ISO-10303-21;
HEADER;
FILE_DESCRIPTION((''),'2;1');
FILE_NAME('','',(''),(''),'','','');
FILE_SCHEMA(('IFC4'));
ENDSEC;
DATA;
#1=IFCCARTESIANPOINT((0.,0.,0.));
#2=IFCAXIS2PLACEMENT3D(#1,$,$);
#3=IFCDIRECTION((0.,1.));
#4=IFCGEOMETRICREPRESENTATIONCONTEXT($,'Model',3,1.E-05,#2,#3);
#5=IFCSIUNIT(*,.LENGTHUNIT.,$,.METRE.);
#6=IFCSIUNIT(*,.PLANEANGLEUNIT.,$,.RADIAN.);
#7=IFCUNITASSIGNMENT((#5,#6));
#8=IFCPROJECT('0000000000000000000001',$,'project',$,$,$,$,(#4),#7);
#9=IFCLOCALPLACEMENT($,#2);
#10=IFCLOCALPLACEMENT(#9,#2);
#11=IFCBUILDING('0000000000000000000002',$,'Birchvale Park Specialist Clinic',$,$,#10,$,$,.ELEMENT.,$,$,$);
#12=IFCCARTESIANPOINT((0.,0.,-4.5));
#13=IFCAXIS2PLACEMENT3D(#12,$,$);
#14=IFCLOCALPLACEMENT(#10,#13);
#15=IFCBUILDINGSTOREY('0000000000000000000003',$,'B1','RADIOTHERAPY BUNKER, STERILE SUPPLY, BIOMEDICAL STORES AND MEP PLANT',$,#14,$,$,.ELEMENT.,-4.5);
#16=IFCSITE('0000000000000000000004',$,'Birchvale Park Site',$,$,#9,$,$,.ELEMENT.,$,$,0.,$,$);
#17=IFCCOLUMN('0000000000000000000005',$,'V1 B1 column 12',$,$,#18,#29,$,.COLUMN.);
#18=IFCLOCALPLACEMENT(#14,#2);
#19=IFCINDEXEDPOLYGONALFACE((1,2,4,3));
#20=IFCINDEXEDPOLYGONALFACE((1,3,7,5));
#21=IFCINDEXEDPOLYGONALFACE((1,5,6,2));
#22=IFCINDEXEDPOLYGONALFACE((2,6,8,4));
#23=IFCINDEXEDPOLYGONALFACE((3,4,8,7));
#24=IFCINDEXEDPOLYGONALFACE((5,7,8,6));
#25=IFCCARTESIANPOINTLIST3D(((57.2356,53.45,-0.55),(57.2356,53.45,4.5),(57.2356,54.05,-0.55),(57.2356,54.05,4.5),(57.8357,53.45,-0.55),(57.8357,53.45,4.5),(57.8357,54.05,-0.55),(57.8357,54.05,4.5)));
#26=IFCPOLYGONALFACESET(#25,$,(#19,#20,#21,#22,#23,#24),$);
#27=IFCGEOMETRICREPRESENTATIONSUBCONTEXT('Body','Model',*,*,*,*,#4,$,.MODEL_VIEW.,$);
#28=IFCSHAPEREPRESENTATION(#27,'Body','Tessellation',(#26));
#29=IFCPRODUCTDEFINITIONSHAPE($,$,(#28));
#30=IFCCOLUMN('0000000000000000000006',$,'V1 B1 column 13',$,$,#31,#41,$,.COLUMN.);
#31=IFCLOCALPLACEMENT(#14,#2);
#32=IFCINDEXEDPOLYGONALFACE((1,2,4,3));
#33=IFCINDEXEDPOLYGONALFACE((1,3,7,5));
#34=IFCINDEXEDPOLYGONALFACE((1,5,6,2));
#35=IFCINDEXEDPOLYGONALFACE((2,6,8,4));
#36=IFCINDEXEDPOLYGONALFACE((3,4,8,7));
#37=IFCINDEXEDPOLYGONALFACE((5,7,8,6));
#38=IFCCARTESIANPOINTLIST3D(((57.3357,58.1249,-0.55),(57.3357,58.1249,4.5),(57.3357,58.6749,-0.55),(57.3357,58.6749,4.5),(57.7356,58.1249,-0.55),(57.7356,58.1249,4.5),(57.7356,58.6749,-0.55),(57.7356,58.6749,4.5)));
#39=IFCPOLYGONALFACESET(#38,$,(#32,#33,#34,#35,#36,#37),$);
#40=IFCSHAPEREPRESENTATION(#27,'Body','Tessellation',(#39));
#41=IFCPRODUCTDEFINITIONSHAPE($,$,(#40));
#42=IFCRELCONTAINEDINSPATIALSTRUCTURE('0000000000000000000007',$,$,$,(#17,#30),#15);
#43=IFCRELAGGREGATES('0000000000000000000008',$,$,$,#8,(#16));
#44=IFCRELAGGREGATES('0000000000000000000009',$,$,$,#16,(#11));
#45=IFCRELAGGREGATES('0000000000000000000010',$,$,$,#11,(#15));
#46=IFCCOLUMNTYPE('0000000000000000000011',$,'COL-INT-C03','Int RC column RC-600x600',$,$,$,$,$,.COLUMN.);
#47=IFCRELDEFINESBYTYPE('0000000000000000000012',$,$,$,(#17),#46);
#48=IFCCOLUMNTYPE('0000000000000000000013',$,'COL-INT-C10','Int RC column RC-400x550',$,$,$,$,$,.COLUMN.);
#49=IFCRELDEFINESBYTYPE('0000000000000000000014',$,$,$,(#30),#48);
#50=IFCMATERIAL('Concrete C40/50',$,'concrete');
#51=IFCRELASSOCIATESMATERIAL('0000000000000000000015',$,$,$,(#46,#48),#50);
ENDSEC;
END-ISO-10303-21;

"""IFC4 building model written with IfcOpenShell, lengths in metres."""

from ifc_helpers import new_model, si_unit, direction, frame, origin, origin_2d, place, context, subcontext, project, spatial, rectangle, extrude, material, material_profile, profile_set, type_object, element, save


model = new_model("IFC4")

# Units and contexts
model_context = context("Model", 3, precision=1e-05, world=origin(), true_north=direction((0.0, 1.0)))
body_context = subcontext(model_context, "Body", "Model", "MODEL_VIEW")
ifc_project = project(units=[si_unit("LENGTHUNIT", "METRE"), si_unit("PLANEANGLEUNIT", "RADIAN")], contexts=[model_context])

# Site, building, storey
site_placement = place(None, origin())
site = spatial("IfcSite", under=ifc_project, at=site_placement, Name="Birchvale Park Site", CompositionType="ELEMENT", RefElevation=0.0)
building_placement = place(site_placement, origin())
building = spatial("IfcBuilding", under=site, at=building_placement, Name="Birchvale Park Specialist Clinic", CompositionType="ELEMENT")
storey_placement = place(building_placement, frame((0.0, 0.0, -4.5)))
storey = spatial("IfcBuildingStorey", under=building, at=storey_placement, Name="B1", Description="RADIOTHERAPY BUNKER, STERILE SUPPLY, BIOMEDICAL STORES AND MEP PLANT", CompositionType="ELEMENT", Elevation=-4.5)

# Shared definitions
ifc_material = material(Name="Concrete C40/50", Category="concrete")

# Columns
ifc_material_profile_1 = material_profile(ifc_material, rectangle(XDim=0.6001, YDim=0.6001, at=origin_2d()), Name="RC-600x600")
ifc_profile_set_1 = profile_set([ifc_material_profile_1], Name="Concrete C40/50")
column_type_1 = type_object("IfcColumnType", Name="COL-INT-C03", Description="Int RC column RC-600x600", PredefinedType="COLUMN", material=ifc_profile_set_1)
column_1_placement = place(storey_placement, frame((57.5356, 53.75, -0.55), z_axis=(0.0, 0.0, 1.0), x_axis=(1.0, 0.0, 0.0)))
element("IfcColumn", 1, at=column_1_placement, inside=storey, type_object=column_type_1, Name="V1 B1 column 12", PredefinedType="COLUMN", context=body_context, shape_type="SweptSolid", body=[
    extrude(rectangle(XDim=0.6001, YDim=0.6001, at=origin_2d()), origin(), (0.0, 0.0, 1.0), 5.05),
])
ifc_material_profile_2 = material_profile(ifc_material, rectangle(XDim=0.3999, YDim=0.55, at=origin_2d()), Name="RC-400x550")
ifc_profile_set_2 = profile_set([ifc_material_profile_2], Name="Concrete C40/50")
column_type_2 = type_object("IfcColumnType", Name="COL-INT-C10", Description="Int RC column RC-400x550", PredefinedType="COLUMN", material=ifc_profile_set_2)
column_2_placement = place(storey_placement, frame((57.5356, 58.3999, -0.55), z_axis=(0.0, 0.0, 1.0), x_axis=(1.0, 0.0, 0.0)))
element("IfcColumn", 2, at=column_2_placement, inside=storey, type_object=column_type_2, Name="V1 B1 column 13", PredefinedType="COLUMN", context=body_context, shape_type="SweptSolid", body=[
    extrude(rectangle(XDim=0.3999, YDim=0.55, at=origin_2d()), origin(), (0.0, 0.0, 1.0), 5.05),
])

save(model, "model.ifc")
